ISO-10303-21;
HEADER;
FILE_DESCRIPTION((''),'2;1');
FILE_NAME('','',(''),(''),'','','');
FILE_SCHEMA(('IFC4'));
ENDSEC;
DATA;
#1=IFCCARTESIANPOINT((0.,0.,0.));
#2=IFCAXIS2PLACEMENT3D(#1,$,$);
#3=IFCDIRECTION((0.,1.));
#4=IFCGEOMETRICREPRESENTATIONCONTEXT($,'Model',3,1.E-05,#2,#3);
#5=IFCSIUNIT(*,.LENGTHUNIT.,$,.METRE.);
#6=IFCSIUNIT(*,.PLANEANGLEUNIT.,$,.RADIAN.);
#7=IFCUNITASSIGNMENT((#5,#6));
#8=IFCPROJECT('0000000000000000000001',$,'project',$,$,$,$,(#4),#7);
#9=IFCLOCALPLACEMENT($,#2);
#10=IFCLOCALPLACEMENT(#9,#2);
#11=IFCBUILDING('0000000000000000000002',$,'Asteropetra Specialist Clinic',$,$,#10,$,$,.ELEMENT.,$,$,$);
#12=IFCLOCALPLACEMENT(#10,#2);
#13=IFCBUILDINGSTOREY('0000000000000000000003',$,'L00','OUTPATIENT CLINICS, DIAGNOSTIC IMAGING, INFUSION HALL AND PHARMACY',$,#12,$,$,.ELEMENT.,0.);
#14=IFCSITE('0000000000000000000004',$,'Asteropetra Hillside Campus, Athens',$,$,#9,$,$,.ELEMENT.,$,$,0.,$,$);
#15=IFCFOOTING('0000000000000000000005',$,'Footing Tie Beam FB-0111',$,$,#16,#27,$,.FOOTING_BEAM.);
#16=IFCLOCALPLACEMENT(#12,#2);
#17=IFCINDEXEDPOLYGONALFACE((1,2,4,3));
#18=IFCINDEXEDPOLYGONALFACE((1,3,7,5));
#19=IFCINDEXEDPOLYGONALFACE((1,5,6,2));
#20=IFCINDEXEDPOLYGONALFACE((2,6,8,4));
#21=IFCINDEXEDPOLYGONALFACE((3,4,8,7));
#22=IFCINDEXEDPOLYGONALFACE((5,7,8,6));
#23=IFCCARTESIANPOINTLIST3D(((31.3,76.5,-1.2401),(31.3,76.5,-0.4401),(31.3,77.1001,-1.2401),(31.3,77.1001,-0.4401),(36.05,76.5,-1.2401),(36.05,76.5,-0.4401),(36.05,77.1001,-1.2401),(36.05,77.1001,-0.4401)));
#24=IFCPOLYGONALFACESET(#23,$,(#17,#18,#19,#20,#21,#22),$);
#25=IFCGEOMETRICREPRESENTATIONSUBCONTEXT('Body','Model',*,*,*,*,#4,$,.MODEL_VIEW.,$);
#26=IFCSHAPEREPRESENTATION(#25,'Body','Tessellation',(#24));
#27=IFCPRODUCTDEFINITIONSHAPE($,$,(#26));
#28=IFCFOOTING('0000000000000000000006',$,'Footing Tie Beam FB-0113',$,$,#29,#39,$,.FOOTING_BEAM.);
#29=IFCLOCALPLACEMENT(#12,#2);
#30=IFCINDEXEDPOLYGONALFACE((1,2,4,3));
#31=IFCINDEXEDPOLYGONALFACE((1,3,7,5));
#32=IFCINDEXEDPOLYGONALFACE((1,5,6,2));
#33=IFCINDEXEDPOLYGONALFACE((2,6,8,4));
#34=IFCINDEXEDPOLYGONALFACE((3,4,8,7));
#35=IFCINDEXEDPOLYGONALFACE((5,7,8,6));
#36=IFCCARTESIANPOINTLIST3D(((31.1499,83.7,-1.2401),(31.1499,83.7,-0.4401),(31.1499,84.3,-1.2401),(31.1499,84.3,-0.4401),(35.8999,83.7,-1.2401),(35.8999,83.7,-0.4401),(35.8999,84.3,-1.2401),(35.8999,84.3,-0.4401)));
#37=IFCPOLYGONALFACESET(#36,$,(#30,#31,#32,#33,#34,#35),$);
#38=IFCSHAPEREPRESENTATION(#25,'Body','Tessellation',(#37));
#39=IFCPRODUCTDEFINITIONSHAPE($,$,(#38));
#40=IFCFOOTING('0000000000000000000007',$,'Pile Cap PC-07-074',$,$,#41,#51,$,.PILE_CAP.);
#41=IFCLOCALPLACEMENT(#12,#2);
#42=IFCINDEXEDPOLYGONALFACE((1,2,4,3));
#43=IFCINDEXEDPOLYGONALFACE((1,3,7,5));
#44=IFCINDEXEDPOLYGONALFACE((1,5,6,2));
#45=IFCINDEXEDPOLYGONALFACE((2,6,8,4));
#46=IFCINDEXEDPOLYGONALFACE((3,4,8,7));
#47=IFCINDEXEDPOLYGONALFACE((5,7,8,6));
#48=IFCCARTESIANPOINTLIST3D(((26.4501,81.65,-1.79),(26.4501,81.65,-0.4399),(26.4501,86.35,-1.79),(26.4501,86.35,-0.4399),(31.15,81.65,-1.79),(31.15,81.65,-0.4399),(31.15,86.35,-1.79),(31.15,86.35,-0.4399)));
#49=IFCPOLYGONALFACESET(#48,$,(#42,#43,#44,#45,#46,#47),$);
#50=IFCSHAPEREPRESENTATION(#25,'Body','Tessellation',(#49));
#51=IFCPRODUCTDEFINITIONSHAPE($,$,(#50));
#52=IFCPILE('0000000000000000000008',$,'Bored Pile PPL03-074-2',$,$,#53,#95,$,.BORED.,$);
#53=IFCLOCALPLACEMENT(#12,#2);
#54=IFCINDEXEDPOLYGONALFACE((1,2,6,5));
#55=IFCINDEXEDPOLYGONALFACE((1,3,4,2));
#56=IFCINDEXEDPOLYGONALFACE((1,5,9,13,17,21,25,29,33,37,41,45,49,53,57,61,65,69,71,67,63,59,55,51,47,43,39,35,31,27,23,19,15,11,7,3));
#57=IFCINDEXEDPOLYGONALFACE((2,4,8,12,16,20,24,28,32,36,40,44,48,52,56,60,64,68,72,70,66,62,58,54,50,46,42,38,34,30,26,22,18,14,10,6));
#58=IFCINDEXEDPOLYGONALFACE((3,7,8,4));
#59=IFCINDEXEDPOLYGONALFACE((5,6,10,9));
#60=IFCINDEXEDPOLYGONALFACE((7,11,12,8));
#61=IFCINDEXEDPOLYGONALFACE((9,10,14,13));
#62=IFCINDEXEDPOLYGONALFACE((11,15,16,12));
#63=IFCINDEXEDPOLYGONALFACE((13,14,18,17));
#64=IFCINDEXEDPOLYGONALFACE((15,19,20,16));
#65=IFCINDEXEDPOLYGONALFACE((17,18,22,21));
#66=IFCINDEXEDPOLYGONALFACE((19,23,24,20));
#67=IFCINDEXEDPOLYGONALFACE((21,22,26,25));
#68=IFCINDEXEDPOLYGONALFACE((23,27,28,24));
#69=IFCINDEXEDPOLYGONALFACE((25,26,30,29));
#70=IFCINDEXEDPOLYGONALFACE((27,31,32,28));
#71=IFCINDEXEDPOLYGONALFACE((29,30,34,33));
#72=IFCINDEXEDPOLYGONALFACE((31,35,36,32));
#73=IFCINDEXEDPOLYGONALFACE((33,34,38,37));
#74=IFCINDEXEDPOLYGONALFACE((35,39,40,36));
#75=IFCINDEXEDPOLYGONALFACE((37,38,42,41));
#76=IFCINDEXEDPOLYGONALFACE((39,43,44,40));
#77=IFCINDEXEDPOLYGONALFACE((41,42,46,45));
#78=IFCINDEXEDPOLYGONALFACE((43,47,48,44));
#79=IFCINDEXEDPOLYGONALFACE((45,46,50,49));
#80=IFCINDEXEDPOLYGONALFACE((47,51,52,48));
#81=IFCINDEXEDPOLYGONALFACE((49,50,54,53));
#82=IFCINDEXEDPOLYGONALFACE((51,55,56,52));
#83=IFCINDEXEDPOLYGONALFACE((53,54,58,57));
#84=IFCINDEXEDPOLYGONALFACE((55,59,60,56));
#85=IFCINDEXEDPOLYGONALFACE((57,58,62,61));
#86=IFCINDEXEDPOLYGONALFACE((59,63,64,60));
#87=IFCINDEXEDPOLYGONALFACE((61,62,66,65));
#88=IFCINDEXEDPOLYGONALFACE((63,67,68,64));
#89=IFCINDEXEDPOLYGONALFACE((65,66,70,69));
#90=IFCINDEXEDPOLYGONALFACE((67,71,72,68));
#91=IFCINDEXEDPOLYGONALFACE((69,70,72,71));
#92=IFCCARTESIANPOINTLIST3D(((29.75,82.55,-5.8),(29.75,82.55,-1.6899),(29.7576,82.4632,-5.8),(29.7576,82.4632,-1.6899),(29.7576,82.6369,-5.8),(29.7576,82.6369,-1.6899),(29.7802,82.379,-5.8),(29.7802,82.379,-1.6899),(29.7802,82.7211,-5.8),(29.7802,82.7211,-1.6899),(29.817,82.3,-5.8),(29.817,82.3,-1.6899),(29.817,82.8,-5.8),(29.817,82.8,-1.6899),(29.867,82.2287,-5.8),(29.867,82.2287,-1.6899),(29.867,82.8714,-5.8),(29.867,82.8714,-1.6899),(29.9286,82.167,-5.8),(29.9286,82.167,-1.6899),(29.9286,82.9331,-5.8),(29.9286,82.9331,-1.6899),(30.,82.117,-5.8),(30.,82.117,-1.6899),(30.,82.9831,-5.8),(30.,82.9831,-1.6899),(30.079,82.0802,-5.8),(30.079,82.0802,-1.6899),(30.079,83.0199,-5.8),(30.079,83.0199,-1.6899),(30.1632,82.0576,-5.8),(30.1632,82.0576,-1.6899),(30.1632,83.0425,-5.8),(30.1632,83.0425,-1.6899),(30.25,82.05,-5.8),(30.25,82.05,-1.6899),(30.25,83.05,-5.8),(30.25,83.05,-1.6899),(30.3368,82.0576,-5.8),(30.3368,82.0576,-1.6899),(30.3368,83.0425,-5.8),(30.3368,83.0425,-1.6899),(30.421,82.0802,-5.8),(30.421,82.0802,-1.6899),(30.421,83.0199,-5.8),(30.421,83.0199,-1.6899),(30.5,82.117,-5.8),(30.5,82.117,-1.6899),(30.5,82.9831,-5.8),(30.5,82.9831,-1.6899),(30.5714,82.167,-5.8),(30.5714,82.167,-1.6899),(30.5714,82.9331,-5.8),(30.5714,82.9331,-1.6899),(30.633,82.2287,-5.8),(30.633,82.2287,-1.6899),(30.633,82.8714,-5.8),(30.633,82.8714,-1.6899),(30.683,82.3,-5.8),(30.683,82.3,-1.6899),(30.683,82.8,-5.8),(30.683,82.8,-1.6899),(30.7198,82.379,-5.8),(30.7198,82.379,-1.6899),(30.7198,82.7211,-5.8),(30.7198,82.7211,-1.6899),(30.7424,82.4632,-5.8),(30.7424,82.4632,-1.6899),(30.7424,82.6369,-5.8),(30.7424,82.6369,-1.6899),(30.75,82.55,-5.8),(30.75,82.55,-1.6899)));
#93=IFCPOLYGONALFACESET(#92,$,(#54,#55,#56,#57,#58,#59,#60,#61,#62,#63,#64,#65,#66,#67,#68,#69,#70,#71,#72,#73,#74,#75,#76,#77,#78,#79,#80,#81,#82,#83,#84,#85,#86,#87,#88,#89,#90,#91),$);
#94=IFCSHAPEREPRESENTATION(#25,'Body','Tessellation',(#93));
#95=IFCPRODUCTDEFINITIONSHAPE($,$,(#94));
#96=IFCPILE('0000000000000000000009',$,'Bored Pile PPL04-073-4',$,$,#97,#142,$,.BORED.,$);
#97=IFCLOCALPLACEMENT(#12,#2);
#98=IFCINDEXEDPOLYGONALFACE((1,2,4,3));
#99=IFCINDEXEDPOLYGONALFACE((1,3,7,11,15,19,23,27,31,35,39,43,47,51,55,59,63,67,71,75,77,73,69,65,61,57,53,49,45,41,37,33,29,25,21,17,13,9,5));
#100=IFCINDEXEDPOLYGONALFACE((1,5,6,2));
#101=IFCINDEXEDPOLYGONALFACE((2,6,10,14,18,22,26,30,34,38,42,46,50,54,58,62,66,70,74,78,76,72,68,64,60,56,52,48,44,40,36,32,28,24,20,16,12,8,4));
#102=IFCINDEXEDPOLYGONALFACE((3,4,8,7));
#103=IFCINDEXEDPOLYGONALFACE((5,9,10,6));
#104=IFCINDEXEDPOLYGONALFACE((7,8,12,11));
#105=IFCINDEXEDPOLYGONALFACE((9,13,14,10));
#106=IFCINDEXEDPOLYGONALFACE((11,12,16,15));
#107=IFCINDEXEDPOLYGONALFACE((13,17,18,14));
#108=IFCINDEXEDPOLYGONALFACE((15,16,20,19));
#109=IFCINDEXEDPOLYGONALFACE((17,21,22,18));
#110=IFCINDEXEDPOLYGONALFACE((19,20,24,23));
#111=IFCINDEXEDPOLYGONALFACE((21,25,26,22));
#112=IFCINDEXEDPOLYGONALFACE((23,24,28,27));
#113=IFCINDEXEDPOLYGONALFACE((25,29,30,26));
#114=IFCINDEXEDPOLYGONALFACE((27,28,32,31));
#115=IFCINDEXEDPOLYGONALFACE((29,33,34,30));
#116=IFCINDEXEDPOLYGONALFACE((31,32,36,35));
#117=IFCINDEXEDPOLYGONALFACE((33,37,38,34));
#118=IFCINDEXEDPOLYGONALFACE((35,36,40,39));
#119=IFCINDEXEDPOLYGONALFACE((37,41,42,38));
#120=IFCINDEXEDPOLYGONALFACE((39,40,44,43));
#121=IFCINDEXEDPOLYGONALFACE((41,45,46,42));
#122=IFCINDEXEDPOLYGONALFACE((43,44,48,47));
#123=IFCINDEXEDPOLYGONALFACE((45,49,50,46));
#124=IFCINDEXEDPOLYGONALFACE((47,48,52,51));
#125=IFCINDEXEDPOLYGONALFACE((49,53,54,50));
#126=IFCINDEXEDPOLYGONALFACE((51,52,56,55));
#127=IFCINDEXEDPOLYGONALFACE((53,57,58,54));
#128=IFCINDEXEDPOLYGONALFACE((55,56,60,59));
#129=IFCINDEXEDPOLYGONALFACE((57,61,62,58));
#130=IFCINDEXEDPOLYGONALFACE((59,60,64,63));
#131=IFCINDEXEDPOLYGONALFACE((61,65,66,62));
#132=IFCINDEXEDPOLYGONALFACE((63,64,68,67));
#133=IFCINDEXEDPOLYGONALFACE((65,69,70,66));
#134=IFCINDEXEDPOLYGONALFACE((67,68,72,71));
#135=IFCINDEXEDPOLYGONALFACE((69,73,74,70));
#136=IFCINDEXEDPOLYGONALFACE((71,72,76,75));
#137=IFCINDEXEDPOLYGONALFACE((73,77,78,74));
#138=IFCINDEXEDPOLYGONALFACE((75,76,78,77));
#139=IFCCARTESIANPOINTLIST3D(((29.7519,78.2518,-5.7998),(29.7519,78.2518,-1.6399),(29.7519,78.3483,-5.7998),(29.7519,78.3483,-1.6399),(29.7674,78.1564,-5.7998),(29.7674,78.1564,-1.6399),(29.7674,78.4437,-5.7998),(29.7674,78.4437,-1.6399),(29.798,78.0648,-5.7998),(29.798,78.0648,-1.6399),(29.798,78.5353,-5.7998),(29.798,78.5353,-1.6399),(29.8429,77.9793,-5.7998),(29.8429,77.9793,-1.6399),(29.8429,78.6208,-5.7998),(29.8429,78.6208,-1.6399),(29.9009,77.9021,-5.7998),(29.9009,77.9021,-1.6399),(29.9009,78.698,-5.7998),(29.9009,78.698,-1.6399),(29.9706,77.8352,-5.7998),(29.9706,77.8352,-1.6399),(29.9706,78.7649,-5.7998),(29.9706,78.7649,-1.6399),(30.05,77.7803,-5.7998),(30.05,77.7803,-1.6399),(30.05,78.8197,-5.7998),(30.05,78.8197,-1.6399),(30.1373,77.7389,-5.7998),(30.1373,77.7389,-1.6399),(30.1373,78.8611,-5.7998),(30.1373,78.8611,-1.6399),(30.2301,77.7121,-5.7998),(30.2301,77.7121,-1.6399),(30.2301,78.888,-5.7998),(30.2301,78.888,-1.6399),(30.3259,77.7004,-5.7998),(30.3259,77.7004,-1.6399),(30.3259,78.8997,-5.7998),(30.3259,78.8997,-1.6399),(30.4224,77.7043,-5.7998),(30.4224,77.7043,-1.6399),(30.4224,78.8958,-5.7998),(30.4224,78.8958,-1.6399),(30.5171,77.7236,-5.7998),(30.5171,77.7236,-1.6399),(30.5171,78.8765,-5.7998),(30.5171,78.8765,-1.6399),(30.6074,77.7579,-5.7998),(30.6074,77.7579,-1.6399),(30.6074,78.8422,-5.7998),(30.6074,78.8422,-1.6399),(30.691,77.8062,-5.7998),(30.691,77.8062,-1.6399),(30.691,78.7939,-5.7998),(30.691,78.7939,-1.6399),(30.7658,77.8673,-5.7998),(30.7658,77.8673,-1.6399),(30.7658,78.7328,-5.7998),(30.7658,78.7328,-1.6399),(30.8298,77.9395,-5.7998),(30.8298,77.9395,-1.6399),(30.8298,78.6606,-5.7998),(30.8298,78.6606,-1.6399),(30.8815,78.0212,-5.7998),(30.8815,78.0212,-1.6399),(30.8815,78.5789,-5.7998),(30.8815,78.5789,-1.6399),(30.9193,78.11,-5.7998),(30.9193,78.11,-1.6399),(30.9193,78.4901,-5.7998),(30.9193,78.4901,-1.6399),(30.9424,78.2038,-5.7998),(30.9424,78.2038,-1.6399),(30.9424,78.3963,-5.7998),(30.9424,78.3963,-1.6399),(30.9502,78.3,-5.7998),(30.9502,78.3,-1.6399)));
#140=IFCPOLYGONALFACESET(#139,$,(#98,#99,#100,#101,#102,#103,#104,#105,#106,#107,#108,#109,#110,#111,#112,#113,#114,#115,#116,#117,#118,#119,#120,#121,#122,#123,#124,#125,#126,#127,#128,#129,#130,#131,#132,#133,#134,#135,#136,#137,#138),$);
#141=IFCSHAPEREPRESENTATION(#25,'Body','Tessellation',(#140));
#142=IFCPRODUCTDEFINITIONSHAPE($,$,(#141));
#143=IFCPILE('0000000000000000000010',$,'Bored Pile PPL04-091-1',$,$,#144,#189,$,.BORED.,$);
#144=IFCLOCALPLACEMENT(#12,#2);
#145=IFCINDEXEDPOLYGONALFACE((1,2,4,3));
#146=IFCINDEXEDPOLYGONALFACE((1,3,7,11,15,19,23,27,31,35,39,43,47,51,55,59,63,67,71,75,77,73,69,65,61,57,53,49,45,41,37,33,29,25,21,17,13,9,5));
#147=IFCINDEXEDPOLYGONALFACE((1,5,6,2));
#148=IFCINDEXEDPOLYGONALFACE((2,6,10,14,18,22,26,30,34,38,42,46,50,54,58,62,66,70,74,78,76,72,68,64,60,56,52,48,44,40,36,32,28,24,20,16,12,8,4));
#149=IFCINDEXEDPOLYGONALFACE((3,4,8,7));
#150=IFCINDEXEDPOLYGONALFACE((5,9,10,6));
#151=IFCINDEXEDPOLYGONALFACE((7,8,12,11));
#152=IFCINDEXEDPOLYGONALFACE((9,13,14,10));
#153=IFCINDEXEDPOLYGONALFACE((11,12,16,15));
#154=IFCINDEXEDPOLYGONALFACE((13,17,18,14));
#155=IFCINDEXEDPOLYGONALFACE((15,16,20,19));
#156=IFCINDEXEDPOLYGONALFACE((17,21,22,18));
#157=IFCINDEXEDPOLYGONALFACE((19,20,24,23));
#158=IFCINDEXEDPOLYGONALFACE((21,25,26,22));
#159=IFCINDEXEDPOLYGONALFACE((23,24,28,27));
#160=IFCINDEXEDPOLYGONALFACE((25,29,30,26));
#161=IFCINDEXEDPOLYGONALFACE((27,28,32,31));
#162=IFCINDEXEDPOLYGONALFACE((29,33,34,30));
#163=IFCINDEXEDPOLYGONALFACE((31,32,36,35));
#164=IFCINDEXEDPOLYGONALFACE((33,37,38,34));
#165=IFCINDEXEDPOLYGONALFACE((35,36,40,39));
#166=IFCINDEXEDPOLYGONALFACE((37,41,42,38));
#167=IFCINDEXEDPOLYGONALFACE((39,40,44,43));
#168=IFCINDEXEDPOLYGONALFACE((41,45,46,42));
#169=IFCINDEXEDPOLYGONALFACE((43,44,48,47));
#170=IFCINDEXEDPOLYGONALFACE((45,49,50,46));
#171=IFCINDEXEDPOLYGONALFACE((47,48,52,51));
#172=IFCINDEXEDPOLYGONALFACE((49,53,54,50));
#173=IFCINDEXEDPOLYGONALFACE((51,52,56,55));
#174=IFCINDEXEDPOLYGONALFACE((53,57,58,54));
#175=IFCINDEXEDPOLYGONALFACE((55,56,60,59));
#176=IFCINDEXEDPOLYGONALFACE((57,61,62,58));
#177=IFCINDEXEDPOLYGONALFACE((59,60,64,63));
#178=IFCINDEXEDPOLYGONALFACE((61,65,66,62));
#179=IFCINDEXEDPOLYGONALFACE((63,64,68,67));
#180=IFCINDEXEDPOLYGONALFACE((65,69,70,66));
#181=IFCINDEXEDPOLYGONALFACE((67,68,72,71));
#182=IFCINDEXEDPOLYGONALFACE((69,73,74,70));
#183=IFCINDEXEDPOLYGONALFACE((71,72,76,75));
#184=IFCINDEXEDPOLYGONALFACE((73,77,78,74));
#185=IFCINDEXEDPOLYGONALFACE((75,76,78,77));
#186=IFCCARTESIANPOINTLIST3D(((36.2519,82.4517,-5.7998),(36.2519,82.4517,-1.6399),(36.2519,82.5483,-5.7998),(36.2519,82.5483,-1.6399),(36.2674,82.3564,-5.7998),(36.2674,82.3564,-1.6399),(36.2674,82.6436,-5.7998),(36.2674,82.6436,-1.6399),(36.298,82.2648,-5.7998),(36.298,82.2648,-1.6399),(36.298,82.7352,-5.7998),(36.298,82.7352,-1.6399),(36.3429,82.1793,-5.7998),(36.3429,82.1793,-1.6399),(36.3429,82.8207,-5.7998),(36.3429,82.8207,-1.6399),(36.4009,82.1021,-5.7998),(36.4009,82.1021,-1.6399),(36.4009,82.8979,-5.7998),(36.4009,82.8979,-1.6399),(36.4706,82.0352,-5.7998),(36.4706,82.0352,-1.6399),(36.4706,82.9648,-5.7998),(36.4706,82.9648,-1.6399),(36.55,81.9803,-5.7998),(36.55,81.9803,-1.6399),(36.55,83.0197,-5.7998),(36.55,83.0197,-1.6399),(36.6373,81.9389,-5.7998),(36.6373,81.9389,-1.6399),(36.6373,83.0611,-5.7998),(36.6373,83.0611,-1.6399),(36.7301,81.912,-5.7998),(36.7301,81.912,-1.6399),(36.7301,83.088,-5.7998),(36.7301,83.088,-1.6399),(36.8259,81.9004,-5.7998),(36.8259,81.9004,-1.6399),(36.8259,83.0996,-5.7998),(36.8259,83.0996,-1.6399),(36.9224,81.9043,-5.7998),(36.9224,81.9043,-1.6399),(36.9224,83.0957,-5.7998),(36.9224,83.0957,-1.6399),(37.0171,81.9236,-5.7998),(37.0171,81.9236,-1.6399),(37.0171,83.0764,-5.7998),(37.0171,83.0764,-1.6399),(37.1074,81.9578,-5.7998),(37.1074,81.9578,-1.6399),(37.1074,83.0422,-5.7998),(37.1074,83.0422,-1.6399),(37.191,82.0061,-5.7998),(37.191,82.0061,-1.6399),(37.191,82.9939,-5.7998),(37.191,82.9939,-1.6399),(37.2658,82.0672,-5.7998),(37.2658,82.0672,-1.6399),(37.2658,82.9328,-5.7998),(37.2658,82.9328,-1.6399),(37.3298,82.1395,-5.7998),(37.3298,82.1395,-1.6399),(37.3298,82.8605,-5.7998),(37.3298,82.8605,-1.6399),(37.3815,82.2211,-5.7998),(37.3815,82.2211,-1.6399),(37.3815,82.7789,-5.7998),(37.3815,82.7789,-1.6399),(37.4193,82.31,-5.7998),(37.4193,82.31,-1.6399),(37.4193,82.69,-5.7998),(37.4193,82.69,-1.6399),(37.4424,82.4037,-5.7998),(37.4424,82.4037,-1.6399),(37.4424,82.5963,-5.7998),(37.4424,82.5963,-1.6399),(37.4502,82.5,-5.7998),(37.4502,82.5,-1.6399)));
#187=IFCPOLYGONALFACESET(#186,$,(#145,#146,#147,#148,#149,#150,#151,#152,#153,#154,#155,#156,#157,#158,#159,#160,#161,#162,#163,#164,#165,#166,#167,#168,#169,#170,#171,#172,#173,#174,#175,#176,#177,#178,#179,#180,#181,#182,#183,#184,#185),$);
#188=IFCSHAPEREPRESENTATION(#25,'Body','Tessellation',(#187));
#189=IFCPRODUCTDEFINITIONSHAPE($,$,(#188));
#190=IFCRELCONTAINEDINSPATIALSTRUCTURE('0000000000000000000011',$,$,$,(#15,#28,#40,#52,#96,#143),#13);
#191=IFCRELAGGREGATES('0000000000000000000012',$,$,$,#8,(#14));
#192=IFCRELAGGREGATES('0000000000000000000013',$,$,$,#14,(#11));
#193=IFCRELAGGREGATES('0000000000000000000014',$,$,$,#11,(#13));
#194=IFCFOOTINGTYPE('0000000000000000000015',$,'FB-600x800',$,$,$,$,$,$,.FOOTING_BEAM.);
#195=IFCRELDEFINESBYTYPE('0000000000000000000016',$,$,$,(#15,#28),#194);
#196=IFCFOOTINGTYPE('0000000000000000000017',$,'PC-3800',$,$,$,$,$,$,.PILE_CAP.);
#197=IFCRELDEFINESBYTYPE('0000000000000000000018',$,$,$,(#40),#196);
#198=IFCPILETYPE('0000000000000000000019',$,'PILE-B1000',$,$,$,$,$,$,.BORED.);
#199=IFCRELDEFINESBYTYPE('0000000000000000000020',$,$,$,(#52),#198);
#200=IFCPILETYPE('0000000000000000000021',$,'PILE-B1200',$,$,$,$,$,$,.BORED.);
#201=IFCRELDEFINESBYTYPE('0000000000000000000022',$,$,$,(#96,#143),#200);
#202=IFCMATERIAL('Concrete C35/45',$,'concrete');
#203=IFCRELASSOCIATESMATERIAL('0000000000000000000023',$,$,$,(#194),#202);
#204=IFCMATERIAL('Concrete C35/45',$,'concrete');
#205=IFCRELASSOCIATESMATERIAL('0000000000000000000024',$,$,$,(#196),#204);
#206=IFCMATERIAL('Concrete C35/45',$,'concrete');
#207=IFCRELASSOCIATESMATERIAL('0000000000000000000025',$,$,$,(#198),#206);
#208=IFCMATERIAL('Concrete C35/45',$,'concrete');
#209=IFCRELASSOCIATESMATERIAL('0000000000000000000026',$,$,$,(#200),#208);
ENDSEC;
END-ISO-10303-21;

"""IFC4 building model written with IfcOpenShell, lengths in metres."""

from ifc_helpers import new_model, si_unit, direction, frame, origin, origin_2d, place, context, subcontext, project, spatial, rectangle, circle, extrude, material, material_profile, profile_set, type_object, element, save


model = new_model("IFC4")

# Units and contexts
model_context = context("Model", 3, precision=1e-05, world=origin(), true_north=direction((0.0, 1.0)))
body_context = subcontext(model_context, "Body", "Model", "MODEL_VIEW")
ifc_project = project(units=[si_unit("LENGTHUNIT", "METRE"), si_unit("PLANEANGLEUNIT", "RADIAN")], contexts=[model_context])

# Site, building, storey
site_placement = place(None, origin())
site = spatial("IfcSite", under=ifc_project, at=site_placement, Name="Asteropetra Hillside Campus, Athens", CompositionType="ELEMENT", RefElevation=0.0)
building_placement = place(site_placement, origin())
building = spatial("IfcBuilding", under=site, at=building_placement, Name="Asteropetra Specialist Clinic", CompositionType="ELEMENT")
storey_placement = place(building_placement, origin())
storey = spatial("IfcBuildingStorey", under=building, at=storey_placement, Name="L00", Description="OUTPATIENT CLINICS, DIAGNOSTIC IMAGING, INFUSION HALL AND PHARMACY", CompositionType="ELEMENT", Elevation=0.0)

# Footings
ifc_material_1 = material(Name="Concrete C35/45", Category="concrete")
ifc_material_profile_1 = material_profile(ifc_material_1, rectangle(XDim=0.6001, YDim=0.8, at=origin_2d()), Name="FB 600x800")
ifc_profile_set_1 = profile_set([ifc_material_profile_1], Name="Concrete C35/45")
footing_type_1 = type_object("IfcFootingType", Name="FB-600x800", PredefinedType="FOOTING_BEAM", material=ifc_profile_set_1)
for number, where, z_axis, x_axis, name in (
    (1, (31.3, 76.8, -0.8401), (1.0, 0.0, 0.0), (0.0, 1.0, 0.0), "Footing Tie Beam FB-0111"),
    (2, (31.1499, 84.0, -0.8401), (1.0, 0.0, 0.0), (0.0, 1.0, 0.0), "Footing Tie Beam FB-0113"),
):
    element("IfcFooting", number, at=place(storey_placement, frame(where, z_axis=z_axis, x_axis=x_axis)), inside=storey, type_object=footing_type_1, Name=name, PredefinedType="FOOTING_BEAM", context=body_context, shape_type="SweptSolid", body=[
        extrude(rectangle(XDim=0.6001, YDim=0.8, at=origin_2d()), origin(), (0.0, 0.0, 1.0), 4.75),
    ])
ifc_material_2 = material(Name="Concrete C35/45", Category="concrete")
footing_type_2 = type_object("IfcFootingType", Name="PC-3800", PredefinedType="PILE_CAP", material=ifc_material_2)
footing_placement = place(storey_placement, frame((28.8, 84.0, -1.79), z_axis=(0.0, 0.0, 1.0), x_axis=(1.0, 0.0, 0.0)))
element("IfcFooting", 3, at=footing_placement, inside=storey, type_object=footing_type_2, Name="Pile Cap PC-07-074", PredefinedType="PILE_CAP", context=body_context, shape_type="SweptSolid", body=[
    extrude(rectangle(XDim=4.7, YDim=4.7, at=origin_2d()), origin(), (0.0, 0.0, 1.0), 1.3501),
])

# Piles
ifc_material_3 = material(Name="Concrete C35/45", Category="concrete")
ifc_material_profile_2 = material_profile(ifc_material_3, circle(Radius=0.5, at=origin_2d()), Name="PILE D1000")
ifc_profile_set_2 = profile_set([ifc_material_profile_2], Name="Concrete C35/45")
pile_type_1 = type_object("IfcPileType", Name="PILE-B1000", PredefinedType="BORED", material=ifc_profile_set_2)
pile_placement = place(storey_placement, frame((30.25, 82.55, -1.6899), z_axis=(0.0, 0.0, -1.0), x_axis=(1.0, 0.0, 0.0)))
element("IfcPile", 4, at=pile_placement, inside=storey, type_object=pile_type_1, Name="Bored Pile PPL03-074-2", PredefinedType="BORED", context=body_context, shape_type="SweptSolid", body=[
    extrude(circle(Radius=0.5, at=origin_2d()), origin(), (0.0, 0.0, 1.0), 4.1101),
])
ifc_material_4 = material(Name="Concrete C35/45", Category="concrete")
ifc_material_profile_3 = material_profile(ifc_material_4, circle(Radius=0.6001, at=origin_2d()), Name="PILE D1200")
ifc_profile_set_3 = profile_set([ifc_material_profile_3], Name="Concrete C35/45")
pile_type_2 = type_object("IfcPileType", Name="PILE-B1200", PredefinedType="BORED", material=ifc_profile_set_3)
for number, where, z_axis, x_axis, name in (
    (5, (30.3501, 78.3, -1.6399), (0.0, 0.0, -1.0), (1.0, 0.0, 0.0), "Bored Pile PPL04-073-4"),
    (6, (36.8501, 82.5, -1.6399), (0.0, 0.0, -1.0), (1.0, 0.0, 0.0), "Bored Pile PPL04-091-1"),
):
    element("IfcPile", number, at=place(storey_placement, frame(where, z_axis=z_axis, x_axis=x_axis)), inside=storey, type_object=pile_type_2, Name=name, PredefinedType="BORED", context=body_context, shape_type="SweptSolid", body=[
        extrude(circle(Radius=0.6001, at=origin_2d()), origin(), (0.0, 0.0, 1.0), 4.1599),
    ])

save(model, "model.ifc")
